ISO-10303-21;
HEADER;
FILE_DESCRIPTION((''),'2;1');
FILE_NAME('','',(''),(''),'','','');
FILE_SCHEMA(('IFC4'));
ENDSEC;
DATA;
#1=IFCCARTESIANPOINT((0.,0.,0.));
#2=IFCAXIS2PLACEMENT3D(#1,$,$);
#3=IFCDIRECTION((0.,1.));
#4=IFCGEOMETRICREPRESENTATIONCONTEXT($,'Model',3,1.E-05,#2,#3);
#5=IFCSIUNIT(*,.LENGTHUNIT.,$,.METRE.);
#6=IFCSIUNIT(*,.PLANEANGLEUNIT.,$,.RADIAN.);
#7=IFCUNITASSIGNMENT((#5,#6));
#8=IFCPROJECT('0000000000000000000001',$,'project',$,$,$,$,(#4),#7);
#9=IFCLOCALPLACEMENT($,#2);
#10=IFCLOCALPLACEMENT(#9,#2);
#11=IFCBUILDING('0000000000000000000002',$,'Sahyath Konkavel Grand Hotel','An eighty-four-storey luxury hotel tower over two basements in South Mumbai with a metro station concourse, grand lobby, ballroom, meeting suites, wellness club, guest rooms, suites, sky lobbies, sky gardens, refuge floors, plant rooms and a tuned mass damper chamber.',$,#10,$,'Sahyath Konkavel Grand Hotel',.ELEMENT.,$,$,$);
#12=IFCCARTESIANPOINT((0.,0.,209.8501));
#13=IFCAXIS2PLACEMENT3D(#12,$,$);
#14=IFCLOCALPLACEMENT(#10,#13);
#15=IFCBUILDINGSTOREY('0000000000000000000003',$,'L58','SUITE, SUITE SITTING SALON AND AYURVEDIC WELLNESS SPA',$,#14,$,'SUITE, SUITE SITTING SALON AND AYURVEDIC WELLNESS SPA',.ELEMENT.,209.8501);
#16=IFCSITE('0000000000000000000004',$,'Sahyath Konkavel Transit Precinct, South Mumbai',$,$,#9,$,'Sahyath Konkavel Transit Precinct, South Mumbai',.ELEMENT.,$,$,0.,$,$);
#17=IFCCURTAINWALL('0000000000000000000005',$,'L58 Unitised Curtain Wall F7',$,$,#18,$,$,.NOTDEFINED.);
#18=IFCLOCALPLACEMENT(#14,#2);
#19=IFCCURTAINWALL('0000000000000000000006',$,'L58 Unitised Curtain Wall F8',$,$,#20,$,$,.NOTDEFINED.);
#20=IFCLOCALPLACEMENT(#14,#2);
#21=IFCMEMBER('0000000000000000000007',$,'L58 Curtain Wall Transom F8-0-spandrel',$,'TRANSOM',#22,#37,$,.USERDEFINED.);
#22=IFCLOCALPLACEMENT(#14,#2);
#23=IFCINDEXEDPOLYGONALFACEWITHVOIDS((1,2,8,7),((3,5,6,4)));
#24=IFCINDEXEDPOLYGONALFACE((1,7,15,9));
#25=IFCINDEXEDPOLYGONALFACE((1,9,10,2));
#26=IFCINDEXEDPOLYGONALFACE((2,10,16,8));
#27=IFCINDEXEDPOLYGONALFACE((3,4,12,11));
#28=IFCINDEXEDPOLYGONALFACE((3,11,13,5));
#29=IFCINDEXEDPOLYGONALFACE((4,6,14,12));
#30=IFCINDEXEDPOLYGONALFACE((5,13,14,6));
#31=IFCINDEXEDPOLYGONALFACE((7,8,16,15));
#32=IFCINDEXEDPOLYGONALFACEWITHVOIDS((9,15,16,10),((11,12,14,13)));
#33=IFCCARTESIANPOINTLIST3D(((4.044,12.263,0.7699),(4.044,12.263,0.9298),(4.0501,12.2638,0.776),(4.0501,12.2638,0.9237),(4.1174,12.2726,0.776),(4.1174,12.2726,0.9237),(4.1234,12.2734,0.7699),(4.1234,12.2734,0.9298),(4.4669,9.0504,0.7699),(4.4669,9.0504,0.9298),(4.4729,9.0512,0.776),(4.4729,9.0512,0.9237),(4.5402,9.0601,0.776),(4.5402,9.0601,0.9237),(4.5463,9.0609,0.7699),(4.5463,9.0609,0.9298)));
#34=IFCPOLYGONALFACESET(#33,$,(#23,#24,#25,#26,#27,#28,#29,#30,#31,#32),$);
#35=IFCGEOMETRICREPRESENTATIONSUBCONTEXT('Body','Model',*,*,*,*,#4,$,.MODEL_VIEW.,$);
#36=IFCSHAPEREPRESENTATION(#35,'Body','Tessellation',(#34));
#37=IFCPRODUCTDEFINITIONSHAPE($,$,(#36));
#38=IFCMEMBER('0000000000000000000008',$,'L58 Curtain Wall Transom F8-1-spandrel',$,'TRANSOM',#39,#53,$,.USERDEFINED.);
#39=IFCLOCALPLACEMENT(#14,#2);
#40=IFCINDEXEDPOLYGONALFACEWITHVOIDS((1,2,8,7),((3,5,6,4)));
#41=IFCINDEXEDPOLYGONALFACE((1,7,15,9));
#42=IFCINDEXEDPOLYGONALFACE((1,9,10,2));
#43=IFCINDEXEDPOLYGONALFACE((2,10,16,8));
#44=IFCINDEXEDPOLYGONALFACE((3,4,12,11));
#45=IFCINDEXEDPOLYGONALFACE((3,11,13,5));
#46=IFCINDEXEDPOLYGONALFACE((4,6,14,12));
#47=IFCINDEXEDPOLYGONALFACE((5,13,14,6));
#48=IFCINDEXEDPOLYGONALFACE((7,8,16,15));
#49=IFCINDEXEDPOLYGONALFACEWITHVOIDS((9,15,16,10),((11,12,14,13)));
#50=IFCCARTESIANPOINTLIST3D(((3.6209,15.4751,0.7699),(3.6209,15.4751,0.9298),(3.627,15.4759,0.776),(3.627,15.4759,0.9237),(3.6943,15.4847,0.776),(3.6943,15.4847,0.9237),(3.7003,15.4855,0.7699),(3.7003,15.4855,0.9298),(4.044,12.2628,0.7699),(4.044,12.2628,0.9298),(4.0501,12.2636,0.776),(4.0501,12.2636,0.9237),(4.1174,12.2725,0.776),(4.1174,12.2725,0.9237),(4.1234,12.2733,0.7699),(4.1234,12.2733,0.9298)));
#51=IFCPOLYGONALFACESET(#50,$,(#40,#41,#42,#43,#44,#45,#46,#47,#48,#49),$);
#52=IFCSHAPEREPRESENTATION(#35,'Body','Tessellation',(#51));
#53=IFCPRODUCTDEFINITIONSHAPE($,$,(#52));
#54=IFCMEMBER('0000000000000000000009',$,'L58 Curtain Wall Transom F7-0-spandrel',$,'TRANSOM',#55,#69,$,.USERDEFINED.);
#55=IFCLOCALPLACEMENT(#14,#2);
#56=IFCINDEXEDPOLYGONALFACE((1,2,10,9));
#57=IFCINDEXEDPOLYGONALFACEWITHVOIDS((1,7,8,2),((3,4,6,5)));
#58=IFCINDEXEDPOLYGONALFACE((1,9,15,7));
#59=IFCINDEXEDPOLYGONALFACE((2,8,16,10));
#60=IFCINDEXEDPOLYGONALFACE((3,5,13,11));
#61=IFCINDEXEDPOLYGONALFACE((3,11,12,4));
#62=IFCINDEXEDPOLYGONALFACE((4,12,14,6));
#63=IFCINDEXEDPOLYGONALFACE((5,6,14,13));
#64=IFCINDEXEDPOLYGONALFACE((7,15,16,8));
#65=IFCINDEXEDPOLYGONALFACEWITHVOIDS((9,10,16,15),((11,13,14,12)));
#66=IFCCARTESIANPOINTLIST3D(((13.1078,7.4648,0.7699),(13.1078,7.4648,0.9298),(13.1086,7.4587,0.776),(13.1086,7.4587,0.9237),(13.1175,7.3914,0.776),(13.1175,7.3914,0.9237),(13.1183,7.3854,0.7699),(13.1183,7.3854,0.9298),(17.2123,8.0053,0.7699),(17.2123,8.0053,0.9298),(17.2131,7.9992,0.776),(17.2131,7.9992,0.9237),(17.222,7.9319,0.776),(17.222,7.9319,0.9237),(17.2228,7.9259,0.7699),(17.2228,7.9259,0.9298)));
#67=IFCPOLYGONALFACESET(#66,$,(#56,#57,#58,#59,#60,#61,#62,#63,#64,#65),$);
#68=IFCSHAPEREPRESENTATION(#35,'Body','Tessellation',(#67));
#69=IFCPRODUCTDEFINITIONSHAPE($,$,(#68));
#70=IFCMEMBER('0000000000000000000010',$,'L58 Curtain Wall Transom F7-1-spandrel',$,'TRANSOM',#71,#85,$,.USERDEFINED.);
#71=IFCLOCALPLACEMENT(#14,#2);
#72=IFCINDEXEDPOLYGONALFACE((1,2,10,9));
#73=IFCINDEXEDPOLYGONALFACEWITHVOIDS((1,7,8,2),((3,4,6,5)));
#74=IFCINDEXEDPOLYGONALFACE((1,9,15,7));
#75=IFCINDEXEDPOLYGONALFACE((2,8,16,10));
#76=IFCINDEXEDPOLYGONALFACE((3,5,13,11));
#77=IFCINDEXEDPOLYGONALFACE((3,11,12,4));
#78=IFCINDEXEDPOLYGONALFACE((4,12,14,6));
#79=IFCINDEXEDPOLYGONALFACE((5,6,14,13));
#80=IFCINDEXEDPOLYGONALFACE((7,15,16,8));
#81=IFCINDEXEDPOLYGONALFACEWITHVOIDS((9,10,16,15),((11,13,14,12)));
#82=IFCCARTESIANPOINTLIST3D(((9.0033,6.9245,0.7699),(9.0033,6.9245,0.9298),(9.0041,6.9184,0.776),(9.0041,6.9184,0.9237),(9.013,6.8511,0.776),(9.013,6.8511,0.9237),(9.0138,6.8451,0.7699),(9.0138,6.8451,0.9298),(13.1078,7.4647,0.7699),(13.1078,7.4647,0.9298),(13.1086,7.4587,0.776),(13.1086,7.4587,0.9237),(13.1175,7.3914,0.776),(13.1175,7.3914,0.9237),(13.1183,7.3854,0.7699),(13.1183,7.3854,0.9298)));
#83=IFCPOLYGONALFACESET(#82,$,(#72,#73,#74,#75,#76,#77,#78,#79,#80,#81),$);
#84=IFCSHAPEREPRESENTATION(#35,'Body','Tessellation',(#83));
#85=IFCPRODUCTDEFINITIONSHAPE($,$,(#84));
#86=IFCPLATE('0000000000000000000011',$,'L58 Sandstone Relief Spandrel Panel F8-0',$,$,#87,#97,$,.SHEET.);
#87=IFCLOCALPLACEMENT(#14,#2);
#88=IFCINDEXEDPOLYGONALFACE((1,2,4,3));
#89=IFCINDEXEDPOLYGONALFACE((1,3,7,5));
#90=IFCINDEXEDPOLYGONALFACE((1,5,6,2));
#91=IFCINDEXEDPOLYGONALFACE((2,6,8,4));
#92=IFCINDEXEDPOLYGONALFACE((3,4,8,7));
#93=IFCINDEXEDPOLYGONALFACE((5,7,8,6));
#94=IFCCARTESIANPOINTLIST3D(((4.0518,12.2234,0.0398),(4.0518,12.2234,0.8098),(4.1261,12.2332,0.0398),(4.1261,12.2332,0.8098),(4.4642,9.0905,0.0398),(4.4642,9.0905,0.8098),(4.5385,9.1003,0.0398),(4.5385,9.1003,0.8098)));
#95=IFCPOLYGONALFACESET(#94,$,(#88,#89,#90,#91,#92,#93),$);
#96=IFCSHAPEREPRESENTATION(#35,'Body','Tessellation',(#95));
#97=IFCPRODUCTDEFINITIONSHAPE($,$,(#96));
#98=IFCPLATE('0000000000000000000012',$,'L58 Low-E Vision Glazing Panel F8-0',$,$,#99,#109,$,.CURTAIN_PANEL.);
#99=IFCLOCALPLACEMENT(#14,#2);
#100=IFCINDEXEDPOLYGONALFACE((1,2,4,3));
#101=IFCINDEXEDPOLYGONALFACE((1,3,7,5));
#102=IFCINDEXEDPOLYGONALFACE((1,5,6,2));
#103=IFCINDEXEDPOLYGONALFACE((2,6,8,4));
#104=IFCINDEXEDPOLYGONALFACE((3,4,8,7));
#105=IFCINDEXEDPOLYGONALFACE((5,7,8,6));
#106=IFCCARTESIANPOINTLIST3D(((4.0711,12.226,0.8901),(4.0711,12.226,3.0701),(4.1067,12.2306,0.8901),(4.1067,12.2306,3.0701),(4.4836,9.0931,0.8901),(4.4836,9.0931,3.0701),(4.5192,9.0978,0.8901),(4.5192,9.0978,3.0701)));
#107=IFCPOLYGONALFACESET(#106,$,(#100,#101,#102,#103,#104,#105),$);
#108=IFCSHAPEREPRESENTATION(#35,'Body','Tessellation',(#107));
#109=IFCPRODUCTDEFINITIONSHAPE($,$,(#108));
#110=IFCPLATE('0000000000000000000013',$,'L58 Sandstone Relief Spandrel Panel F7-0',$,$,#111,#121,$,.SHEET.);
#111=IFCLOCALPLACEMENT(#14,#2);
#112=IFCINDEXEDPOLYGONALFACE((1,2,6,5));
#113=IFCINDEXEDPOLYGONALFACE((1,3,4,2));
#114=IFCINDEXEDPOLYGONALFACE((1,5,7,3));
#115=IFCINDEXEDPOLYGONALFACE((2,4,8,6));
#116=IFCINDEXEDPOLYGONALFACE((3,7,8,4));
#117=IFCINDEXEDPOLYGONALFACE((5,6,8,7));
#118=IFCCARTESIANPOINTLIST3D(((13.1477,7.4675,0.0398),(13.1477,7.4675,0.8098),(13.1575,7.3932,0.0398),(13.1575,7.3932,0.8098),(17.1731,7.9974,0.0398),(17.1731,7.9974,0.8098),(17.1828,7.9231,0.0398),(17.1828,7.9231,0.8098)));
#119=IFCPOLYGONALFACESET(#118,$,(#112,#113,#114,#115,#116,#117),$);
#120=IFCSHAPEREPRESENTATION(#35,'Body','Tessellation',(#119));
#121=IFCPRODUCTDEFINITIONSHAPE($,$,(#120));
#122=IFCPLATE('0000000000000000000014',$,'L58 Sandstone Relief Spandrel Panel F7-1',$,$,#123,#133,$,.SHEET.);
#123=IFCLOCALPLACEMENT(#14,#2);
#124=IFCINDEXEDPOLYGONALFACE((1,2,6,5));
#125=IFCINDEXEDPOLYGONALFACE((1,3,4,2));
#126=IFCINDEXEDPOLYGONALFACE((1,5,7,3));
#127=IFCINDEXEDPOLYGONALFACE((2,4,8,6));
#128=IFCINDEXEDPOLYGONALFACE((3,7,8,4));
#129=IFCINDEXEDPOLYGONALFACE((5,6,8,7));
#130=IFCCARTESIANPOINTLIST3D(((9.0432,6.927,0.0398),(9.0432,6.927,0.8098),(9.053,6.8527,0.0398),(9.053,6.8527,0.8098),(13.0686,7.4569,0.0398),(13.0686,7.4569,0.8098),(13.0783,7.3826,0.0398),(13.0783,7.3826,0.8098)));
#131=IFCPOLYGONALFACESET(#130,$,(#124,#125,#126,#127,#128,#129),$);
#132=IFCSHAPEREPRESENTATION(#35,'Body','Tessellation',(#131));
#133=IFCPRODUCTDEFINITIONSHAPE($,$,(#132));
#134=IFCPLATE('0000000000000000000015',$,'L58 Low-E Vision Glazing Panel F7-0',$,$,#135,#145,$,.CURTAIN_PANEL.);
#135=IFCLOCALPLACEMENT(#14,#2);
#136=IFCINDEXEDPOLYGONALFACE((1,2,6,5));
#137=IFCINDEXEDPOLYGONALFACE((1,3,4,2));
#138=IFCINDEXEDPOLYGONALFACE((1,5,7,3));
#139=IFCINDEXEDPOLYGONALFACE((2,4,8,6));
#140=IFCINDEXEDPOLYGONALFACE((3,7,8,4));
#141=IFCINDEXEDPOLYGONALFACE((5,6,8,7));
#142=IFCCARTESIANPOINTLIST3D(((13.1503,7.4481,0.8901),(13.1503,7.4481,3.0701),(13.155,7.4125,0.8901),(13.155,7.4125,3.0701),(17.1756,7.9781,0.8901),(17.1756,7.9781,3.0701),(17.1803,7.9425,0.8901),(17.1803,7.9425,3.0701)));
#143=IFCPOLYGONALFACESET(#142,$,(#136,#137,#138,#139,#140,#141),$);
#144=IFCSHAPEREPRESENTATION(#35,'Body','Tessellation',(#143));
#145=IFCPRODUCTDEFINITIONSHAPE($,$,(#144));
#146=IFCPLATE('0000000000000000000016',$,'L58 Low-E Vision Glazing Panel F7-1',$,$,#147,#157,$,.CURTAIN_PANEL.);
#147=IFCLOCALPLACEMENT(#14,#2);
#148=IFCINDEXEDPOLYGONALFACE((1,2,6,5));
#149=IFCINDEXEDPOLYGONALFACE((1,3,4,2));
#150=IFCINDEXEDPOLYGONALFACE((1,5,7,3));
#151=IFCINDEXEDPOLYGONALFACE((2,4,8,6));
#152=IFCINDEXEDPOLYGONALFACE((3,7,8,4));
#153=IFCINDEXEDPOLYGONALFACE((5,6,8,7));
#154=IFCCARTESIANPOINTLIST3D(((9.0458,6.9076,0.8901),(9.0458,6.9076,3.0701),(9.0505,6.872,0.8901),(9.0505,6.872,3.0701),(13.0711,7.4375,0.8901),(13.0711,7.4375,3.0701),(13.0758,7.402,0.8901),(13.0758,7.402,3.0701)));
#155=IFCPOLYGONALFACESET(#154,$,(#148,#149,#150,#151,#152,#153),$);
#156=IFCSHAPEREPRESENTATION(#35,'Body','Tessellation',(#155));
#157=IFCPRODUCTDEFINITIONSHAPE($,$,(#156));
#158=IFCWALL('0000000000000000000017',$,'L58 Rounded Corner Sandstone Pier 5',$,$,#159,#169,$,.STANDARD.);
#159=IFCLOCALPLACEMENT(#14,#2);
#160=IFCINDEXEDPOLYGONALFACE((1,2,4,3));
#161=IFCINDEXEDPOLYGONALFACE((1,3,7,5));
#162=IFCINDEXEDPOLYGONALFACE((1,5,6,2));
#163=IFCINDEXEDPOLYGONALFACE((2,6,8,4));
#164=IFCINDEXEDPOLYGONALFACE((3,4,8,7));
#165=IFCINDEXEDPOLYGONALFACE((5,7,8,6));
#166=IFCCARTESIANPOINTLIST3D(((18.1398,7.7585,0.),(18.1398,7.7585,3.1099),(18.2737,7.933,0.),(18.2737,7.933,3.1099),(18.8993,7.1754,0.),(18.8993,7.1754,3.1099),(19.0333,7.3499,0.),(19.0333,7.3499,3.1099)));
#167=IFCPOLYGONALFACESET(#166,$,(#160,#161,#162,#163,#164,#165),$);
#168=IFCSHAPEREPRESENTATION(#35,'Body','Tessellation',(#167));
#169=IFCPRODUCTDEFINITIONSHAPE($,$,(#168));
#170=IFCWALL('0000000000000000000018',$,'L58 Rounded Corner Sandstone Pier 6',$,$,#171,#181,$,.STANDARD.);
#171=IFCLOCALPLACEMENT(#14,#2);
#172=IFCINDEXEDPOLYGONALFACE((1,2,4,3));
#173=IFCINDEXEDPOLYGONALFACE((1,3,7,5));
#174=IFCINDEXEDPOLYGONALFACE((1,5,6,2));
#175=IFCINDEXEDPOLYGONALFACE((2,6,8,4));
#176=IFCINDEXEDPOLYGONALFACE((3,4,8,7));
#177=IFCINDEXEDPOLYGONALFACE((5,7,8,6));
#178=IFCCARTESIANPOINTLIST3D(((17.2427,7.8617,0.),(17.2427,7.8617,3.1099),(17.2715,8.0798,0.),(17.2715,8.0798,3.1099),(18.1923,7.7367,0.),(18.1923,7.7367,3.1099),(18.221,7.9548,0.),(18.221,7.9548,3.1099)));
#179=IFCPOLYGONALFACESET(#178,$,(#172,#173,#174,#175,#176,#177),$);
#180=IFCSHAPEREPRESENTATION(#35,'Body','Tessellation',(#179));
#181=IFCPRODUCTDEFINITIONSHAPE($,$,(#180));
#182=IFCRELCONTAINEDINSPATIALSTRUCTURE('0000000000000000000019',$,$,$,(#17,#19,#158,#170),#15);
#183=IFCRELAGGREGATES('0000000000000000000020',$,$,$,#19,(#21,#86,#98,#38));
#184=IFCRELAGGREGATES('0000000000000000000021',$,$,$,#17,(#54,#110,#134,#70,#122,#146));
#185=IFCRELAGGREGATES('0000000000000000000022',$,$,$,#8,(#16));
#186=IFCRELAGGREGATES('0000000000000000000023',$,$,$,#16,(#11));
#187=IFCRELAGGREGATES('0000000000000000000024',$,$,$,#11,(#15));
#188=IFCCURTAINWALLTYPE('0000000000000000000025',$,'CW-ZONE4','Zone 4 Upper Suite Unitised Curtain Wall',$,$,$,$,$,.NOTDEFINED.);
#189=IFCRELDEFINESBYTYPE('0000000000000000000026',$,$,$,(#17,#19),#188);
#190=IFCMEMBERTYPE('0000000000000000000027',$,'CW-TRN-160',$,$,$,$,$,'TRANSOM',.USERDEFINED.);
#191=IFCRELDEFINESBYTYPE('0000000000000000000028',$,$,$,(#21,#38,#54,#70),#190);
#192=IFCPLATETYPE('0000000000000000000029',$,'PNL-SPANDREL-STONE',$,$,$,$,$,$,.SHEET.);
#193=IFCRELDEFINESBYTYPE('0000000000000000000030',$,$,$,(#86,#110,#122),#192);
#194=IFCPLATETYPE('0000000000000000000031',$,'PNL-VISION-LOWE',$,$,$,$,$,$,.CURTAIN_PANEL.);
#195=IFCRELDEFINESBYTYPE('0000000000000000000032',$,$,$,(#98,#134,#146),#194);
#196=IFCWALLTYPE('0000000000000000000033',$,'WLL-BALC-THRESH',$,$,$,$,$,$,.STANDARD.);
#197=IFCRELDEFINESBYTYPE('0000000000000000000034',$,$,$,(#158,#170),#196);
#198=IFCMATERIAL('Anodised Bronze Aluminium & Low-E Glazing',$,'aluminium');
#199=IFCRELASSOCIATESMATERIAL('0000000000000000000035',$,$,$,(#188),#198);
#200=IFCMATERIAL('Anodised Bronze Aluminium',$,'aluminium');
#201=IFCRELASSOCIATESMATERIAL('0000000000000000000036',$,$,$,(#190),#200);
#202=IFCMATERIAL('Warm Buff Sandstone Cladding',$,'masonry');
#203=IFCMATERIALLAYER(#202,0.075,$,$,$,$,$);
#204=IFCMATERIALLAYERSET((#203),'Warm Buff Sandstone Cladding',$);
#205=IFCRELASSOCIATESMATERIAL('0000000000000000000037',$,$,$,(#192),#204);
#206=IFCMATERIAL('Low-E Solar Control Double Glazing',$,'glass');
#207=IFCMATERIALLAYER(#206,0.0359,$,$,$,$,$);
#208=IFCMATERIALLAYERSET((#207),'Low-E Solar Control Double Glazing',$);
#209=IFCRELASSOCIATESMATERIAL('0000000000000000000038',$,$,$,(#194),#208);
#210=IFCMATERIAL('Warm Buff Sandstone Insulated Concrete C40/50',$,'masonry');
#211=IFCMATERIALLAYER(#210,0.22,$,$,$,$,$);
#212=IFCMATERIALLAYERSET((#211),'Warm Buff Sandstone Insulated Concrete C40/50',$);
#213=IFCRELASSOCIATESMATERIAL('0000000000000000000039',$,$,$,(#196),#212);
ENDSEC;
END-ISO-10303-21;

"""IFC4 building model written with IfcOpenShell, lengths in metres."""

from ifc_helpers import new_model, si_unit, direction, frame, frame_2d, origin, origin_2d, place, context, subcontext, project, spatial, rectangle, hollow_rectangle, extrude, source, transform, mapped, material, layer, layer_set, material_profile, profile_set, type_object, element, aggregate, save


model = new_model("IFC4")

# Units and contexts
model_context = context("Model", 3, precision=1e-05, world=origin(), true_north=direction((0.0, 1.0)))
body_context = subcontext(model_context, "Body", "Model", "MODEL_VIEW")
ifc_project = project(units=[si_unit("LENGTHUNIT", "METRE"), si_unit("PLANEANGLEUNIT", "RADIAN")], contexts=[model_context])

# Site, building, storey
site_placement = place(None, origin())
site = spatial("IfcSite", under=ifc_project, at=site_placement, Name="Sahyath Konkavel Transit Precinct, South Mumbai", LongName="Sahyath Konkavel Transit Precinct, South Mumbai", CompositionType="ELEMENT", RefElevation=0.0)
building_placement = place(site_placement, origin())
building = spatial("IfcBuilding", under=site, at=building_placement, Name="Sahyath Konkavel Grand Hotel", Description="An eighty-four-storey luxury hotel tower over two basements in South Mumbai with a metro station concourse, grand lobby, ballroom, meeting suites, wellness club, guest rooms, suites, sky lobbies, sky gardens, refuge floors, plant rooms and a tuned mass damper chamber.", LongName="Sahyath Konkavel Grand Hotel", CompositionType="ELEMENT")
storey_placement = place(building_placement, frame((0.0, 0.0, 209.8501)))
storey = spatial("IfcBuildingStorey", under=building, at=storey_placement, Name="L58", Description="SUITE, SUITE SITTING SALON AND AYURVEDIC WELLNESS SPA", LongName="SUITE, SUITE SITTING SALON AND AYURVEDIC WELLNESS SPA", CompositionType="ELEMENT", Elevation=209.8501)

# Shared definitions
ifc_material_1 = material(Name="Anodised Bronze Aluminium & Low-E Glazing", Category="aluminium")
curtain_wall_type = type_object("IfcCurtainWallType", Name="CW-ZONE4", Description="Zone 4 Upper Suite Unitised Curtain Wall", PredefinedType="NOTDEFINED", material=ifc_material_1)
ifc_material_2 = material(Name="Anodised Bronze Aluminium", Category="aluminium")

# Curtain walls
curtain_wall_1_placement = place(storey_placement, origin())
curtain_wall_1 = element("IfcCurtainWall", 1, at=curtain_wall_1_placement, inside=storey, type_object=curtain_wall_type, Name="L58 Unitised Curtain Wall F7", PredefinedType="NOTDEFINED")
curtain_wall_2_placement = place(storey_placement, origin())
curtain_wall_2 = element("IfcCurtainWall", 2, at=curtain_wall_2_placement, inside=storey, type_object=curtain_wall_type, Name="L58 Unitised Curtain Wall F8", PredefinedType="NOTDEFINED")

# Members
ifc_material_profile_1 = material_profile(ifc_material_2, hollow_rectangle(XDim=0.0801, YDim=0.1599, WallThickness=0.0061, at=origin_2d()), Name="RHS 160x80x6")
ifc_profile_set_1 = profile_set([ifc_material_profile_1], Name="Anodised Bronze Aluminium")
member_type_1 = type_object("IfcMemberType", Name="CW-TRN-160", ElementType="TRANSOM", PredefinedType="USERDEFINED", material=ifc_profile_set_1)
shared_shape_1 = source(origin(), body_context, "Body", "SweptSolid", [
    extrude(hollow_rectangle(XDim=0.0801, YDim=0.1599, WallThickness=0.0061, at=origin_2d()), origin(), (0.0, 0.0, 1.0), 3.2402),
])
member_1_placement = place(storey_placement, frame((4.5066, 9.0557, 0.8499), z_axis=(-0.130505, 0.991448, 0.0), x_axis=(-0.991448, -0.130505, 0.0)))
member_1 = element("IfcMember", 3, at=member_1_placement, type_object=member_type_1, Name="L58 Curtain Wall Transom F8-0-spandrel", ObjectType="TRANSOM", PredefinedType="USERDEFINED", context=body_context, shape_type="MappedRepresentation", body=[
    mapped(shared_shape_1, transform((0.0, 0.0, 0.0), scale=1.0)),
])
shared_shape_2 = source(origin(), body_context, "Body", "SweptSolid", [
    extrude(hollow_rectangle(XDim=0.0801, YDim=0.1599, WallThickness=0.0061, at=origin_2d()), origin(), (0.0, 0.0, 1.0), 3.24),
])
member_2_placement = place(storey_placement, frame((4.0837, 12.2681, 0.8499), z_axis=(-0.130589, 0.991437, 0.0), x_axis=(-0.991437, -0.130589, 0.0)))
member_2 = element("IfcMember", 4, at=member_2_placement, type_object=member_type_1, Name="L58 Curtain Wall Transom F8-1-spandrel", ObjectType="TRANSOM", PredefinedType="USERDEFINED", context=body_context, shape_type="MappedRepresentation", body=[
    mapped(shared_shape_2, transform((0.0, 0.0, 0.0), scale=1.0)),
])
shared_shape_3 = source(origin(), body_context, "Body", "SweptSolid", [
    extrude(hollow_rectangle(XDim=0.0801, YDim=0.1599, WallThickness=0.0061, at=origin_2d()), origin(), (0.0, 0.0, 1.0), 4.1399),
])
member_3_placement = place(storey_placement, frame((17.2175, 7.9656, 0.8499), z_axis=(-0.99144, -0.130564, 0.0), x_axis=(0.130564, -0.99144, 0.0)))
member_3 = element("IfcMember", 5, at=member_3_placement, type_object=member_type_1, Name="L58 Curtain Wall Transom F7-0-spandrel", ObjectType="TRANSOM", PredefinedType="USERDEFINED", context=body_context, shape_type="MappedRepresentation", body=[
    mapped(shared_shape_3, transform((0.0, 0.0, 0.0), scale=1.0)),
])
member_4_placement = place(storey_placement, frame((13.113, 7.425, 0.8499), z_axis=(-0.991447, -0.130506, 0.0), x_axis=(0.130506, -0.991447, 0.0)))
member_4 = element("IfcMember", 6, at=member_4_placement, type_object=member_type_1, Name="L58 Curtain Wall Transom F7-1-spandrel", ObjectType="TRANSOM", PredefinedType="USERDEFINED", context=body_context, shape_type="MappedRepresentation", body=[
    mapped(shared_shape_3, transform((0.0, 0.0, 0.0), scale=1.0)),
])

# Plates
ifc_material_3 = material(Name="Warm Buff Sandstone Cladding", Category="masonry")
ifc_layer_1 = layer(ifc_material_3, 0.075)
ifc_layer_set_1 = layer_set([ifc_layer_1], Name="Warm Buff Sandstone Cladding")
plate_type_1 = type_object("IfcPlateType", Name="PNL-SPANDREL-STONE", PredefinedType="SHEET", material=ifc_layer_set_1)
shared_shape_4 = source(origin(), body_context, "Body", "SweptSolid", [
    extrude(rectangle(XDim=3.1599, YDim=0.075, at=origin_2d()), origin(), (0.0, 0.0, 1.0), 0.77),
])
plate_1_placement = place(storey_placement, frame((4.2952, 10.6619, 0.0398), z_axis=(0.0, 0.0, 1.0), x_axis=(-0.130526, 0.991445, 0.0)))
plate_1 = element("IfcPlate", 7, at=plate_1_placement, type_object=plate_type_1, Name="L58 Sandstone Relief Spandrel Panel F8-0", PredefinedType="SHEET", context=body_context, shape_type="MappedRepresentation", body=[
    mapped(shared_shape_4, transform((0.0, 0.0, 0.0), scale=1.0)),
])
ifc_material_4 = material(Name="Low-E Solar Control Double Glazing", Category="glass")
ifc_layer_2 = layer(ifc_material_4, 0.0359)
ifc_layer_set_2 = layer_set([ifc_layer_2], Name="Low-E Solar Control Double Glazing")
plate_type_2 = type_object("IfcPlateType", Name="PNL-VISION-LOWE", PredefinedType="CURTAIN_PANEL", material=ifc_layer_set_2)
shared_shape_5 = source(origin(), body_context, "Body", "SweptSolid", [
    extrude(rectangle(XDim=3.1599, YDim=0.0359, at=origin_2d()), origin(), (0.0, 0.0, 1.0), 2.1799),
])
plate_2_placement = place(storey_placement, frame((4.2952, 10.6619, 0.8901), z_axis=(0.0, 0.0, 1.0), x_axis=(-0.130526, 0.991445, 0.0)))
plate_2 = element("IfcPlate", 8, at=plate_2_placement, type_object=plate_type_2, Name="L58 Low-E Vision Glazing Panel F8-0", PredefinedType="CURTAIN_PANEL", context=body_context, shape_type="MappedRepresentation", body=[
    mapped(shared_shape_5, transform((0.0, 0.0, 0.0), scale=1.0)),
])
aggregate(curtain_wall_2, [member_1, plate_1, plate_2, member_2])
shared_shape_6 = source(origin(), body_context, "Body", "SweptSolid", [
    extrude(rectangle(XDim=4.0601, YDim=0.075, at=origin_2d()), origin(), (0.0, 0.0, 1.0), 0.77),
])
plate_3_placement = place(storey_placement, frame((15.1653, 7.6953, 0.0398), z_axis=(0.0, 0.0, 1.0), x_axis=(-0.991445, -0.130526, 0.0)))
plate_3 = element("IfcPlate", 9, at=plate_3_placement, type_object=plate_type_1, Name="L58 Sandstone Relief Spandrel Panel F7-0", PredefinedType="SHEET", context=body_context, shape_type="MappedRepresentation", body=[
    mapped(shared_shape_6, transform((0.0, 0.0, 0.0), scale=1.0)),
])
plate_4_placement = place(storey_placement, frame((11.0608, 7.1548, 0.0398), z_axis=(0.0, 0.0, 1.0), x_axis=(-0.991445, -0.130526, 0.0)))
plate_4 = element("IfcPlate", 10, at=plate_4_placement, type_object=plate_type_1, Name="L58 Sandstone Relief Spandrel Panel F7-1", PredefinedType="SHEET", context=body_context, shape_type="MappedRepresentation", body=[
    mapped(shared_shape_6, transform((0.0, 0.0, 0.0), scale=1.0)),
])
shared_shape_7 = source(origin(), body_context, "Body", "SweptSolid", [
    extrude(rectangle(XDim=4.0601, YDim=0.0359, at=origin_2d()), origin(), (0.0, 0.0, 1.0), 2.1799),
])
plate_5_placement = place(storey_placement, frame((15.1653, 7.6953, 0.8901), z_axis=(0.0, 0.0, 1.0), x_axis=(-0.991445, -0.130526, 0.0)))
plate_5 = element("IfcPlate", 11, at=plate_5_placement, type_object=plate_type_2, Name="L58 Low-E Vision Glazing Panel F7-0", PredefinedType="CURTAIN_PANEL", context=body_context, shape_type="MappedRepresentation", body=[
    mapped(shared_shape_7, transform((0.0, 0.0, 0.0), scale=1.0)),
])
plate_6_placement = place(storey_placement, frame((11.0608, 7.1548, 0.8901), z_axis=(0.0, 0.0, 1.0), x_axis=(-0.991445, -0.130526, 0.0)))
plate_6 = element("IfcPlate", 12, at=plate_6_placement, type_object=plate_type_2, Name="L58 Low-E Vision Glazing Panel F7-1", PredefinedType="CURTAIN_PANEL", context=body_context, shape_type="MappedRepresentation", body=[
    mapped(shared_shape_7, transform((0.0, 0.0, 0.0), scale=1.0)),
])
aggregate(curtain_wall_1, [member_3, plate_3, plate_5, member_4, plate_4, plate_6])

# Walls
ifc_material_5 = material(Name="Warm Buff Sandstone Insulated Concrete C40/50", Category="masonry")
ifc_layer_3 = layer(ifc_material_5, 0.22)
ifc_layer_set_3 = layer_set([ifc_layer_3], Name="Warm Buff Sandstone Insulated Concrete C40/50")
wall_type_1 = type_object("IfcWallType", Name="WLL-BALC-THRESH", PredefinedType="STANDARD", material=ifc_layer_set_3)
wall_1_placement = place(storey_placement, frame((18.9663, 7.2627, 0.0), z_axis=(0.0, 0.0, 1.0), x_axis=(-0.793249, 0.608897, 0.0)))
element("IfcWall", 13, at=wall_1_placement, inside=storey, type_object=wall_type_1, Name="L58 Rounded Corner Sandstone Pier 5", PredefinedType="STANDARD", context=body_context, shape_type="SweptSolid", body=[
    extrude(rectangle(XDim=0.9575, YDim=0.22, at=frame_2d((0.4788, 0.0))), origin(), (0.0, 0.0, 1.0), 3.1099),
])
wall_2_placement = place(storey_placement, frame((18.2068, 7.8457, 0.0), z_axis=(0.0, 0.0, 1.0), x_axis=(-0.991445, 0.130527, 0.0)))
element("IfcWall", 14, at=wall_2_placement, inside=storey, type_object=wall_type_1, Name="L58 Rounded Corner Sandstone Pier 6", PredefinedType="STANDARD", context=body_context, shape_type="SweptSolid", body=[
    extrude(rectangle(XDim=0.9578, YDim=0.22, at=frame_2d((0.479, 0.0))), origin(), (0.0, 0.0, 1.0), 3.1099),
])

save(model, "model.ifc")
